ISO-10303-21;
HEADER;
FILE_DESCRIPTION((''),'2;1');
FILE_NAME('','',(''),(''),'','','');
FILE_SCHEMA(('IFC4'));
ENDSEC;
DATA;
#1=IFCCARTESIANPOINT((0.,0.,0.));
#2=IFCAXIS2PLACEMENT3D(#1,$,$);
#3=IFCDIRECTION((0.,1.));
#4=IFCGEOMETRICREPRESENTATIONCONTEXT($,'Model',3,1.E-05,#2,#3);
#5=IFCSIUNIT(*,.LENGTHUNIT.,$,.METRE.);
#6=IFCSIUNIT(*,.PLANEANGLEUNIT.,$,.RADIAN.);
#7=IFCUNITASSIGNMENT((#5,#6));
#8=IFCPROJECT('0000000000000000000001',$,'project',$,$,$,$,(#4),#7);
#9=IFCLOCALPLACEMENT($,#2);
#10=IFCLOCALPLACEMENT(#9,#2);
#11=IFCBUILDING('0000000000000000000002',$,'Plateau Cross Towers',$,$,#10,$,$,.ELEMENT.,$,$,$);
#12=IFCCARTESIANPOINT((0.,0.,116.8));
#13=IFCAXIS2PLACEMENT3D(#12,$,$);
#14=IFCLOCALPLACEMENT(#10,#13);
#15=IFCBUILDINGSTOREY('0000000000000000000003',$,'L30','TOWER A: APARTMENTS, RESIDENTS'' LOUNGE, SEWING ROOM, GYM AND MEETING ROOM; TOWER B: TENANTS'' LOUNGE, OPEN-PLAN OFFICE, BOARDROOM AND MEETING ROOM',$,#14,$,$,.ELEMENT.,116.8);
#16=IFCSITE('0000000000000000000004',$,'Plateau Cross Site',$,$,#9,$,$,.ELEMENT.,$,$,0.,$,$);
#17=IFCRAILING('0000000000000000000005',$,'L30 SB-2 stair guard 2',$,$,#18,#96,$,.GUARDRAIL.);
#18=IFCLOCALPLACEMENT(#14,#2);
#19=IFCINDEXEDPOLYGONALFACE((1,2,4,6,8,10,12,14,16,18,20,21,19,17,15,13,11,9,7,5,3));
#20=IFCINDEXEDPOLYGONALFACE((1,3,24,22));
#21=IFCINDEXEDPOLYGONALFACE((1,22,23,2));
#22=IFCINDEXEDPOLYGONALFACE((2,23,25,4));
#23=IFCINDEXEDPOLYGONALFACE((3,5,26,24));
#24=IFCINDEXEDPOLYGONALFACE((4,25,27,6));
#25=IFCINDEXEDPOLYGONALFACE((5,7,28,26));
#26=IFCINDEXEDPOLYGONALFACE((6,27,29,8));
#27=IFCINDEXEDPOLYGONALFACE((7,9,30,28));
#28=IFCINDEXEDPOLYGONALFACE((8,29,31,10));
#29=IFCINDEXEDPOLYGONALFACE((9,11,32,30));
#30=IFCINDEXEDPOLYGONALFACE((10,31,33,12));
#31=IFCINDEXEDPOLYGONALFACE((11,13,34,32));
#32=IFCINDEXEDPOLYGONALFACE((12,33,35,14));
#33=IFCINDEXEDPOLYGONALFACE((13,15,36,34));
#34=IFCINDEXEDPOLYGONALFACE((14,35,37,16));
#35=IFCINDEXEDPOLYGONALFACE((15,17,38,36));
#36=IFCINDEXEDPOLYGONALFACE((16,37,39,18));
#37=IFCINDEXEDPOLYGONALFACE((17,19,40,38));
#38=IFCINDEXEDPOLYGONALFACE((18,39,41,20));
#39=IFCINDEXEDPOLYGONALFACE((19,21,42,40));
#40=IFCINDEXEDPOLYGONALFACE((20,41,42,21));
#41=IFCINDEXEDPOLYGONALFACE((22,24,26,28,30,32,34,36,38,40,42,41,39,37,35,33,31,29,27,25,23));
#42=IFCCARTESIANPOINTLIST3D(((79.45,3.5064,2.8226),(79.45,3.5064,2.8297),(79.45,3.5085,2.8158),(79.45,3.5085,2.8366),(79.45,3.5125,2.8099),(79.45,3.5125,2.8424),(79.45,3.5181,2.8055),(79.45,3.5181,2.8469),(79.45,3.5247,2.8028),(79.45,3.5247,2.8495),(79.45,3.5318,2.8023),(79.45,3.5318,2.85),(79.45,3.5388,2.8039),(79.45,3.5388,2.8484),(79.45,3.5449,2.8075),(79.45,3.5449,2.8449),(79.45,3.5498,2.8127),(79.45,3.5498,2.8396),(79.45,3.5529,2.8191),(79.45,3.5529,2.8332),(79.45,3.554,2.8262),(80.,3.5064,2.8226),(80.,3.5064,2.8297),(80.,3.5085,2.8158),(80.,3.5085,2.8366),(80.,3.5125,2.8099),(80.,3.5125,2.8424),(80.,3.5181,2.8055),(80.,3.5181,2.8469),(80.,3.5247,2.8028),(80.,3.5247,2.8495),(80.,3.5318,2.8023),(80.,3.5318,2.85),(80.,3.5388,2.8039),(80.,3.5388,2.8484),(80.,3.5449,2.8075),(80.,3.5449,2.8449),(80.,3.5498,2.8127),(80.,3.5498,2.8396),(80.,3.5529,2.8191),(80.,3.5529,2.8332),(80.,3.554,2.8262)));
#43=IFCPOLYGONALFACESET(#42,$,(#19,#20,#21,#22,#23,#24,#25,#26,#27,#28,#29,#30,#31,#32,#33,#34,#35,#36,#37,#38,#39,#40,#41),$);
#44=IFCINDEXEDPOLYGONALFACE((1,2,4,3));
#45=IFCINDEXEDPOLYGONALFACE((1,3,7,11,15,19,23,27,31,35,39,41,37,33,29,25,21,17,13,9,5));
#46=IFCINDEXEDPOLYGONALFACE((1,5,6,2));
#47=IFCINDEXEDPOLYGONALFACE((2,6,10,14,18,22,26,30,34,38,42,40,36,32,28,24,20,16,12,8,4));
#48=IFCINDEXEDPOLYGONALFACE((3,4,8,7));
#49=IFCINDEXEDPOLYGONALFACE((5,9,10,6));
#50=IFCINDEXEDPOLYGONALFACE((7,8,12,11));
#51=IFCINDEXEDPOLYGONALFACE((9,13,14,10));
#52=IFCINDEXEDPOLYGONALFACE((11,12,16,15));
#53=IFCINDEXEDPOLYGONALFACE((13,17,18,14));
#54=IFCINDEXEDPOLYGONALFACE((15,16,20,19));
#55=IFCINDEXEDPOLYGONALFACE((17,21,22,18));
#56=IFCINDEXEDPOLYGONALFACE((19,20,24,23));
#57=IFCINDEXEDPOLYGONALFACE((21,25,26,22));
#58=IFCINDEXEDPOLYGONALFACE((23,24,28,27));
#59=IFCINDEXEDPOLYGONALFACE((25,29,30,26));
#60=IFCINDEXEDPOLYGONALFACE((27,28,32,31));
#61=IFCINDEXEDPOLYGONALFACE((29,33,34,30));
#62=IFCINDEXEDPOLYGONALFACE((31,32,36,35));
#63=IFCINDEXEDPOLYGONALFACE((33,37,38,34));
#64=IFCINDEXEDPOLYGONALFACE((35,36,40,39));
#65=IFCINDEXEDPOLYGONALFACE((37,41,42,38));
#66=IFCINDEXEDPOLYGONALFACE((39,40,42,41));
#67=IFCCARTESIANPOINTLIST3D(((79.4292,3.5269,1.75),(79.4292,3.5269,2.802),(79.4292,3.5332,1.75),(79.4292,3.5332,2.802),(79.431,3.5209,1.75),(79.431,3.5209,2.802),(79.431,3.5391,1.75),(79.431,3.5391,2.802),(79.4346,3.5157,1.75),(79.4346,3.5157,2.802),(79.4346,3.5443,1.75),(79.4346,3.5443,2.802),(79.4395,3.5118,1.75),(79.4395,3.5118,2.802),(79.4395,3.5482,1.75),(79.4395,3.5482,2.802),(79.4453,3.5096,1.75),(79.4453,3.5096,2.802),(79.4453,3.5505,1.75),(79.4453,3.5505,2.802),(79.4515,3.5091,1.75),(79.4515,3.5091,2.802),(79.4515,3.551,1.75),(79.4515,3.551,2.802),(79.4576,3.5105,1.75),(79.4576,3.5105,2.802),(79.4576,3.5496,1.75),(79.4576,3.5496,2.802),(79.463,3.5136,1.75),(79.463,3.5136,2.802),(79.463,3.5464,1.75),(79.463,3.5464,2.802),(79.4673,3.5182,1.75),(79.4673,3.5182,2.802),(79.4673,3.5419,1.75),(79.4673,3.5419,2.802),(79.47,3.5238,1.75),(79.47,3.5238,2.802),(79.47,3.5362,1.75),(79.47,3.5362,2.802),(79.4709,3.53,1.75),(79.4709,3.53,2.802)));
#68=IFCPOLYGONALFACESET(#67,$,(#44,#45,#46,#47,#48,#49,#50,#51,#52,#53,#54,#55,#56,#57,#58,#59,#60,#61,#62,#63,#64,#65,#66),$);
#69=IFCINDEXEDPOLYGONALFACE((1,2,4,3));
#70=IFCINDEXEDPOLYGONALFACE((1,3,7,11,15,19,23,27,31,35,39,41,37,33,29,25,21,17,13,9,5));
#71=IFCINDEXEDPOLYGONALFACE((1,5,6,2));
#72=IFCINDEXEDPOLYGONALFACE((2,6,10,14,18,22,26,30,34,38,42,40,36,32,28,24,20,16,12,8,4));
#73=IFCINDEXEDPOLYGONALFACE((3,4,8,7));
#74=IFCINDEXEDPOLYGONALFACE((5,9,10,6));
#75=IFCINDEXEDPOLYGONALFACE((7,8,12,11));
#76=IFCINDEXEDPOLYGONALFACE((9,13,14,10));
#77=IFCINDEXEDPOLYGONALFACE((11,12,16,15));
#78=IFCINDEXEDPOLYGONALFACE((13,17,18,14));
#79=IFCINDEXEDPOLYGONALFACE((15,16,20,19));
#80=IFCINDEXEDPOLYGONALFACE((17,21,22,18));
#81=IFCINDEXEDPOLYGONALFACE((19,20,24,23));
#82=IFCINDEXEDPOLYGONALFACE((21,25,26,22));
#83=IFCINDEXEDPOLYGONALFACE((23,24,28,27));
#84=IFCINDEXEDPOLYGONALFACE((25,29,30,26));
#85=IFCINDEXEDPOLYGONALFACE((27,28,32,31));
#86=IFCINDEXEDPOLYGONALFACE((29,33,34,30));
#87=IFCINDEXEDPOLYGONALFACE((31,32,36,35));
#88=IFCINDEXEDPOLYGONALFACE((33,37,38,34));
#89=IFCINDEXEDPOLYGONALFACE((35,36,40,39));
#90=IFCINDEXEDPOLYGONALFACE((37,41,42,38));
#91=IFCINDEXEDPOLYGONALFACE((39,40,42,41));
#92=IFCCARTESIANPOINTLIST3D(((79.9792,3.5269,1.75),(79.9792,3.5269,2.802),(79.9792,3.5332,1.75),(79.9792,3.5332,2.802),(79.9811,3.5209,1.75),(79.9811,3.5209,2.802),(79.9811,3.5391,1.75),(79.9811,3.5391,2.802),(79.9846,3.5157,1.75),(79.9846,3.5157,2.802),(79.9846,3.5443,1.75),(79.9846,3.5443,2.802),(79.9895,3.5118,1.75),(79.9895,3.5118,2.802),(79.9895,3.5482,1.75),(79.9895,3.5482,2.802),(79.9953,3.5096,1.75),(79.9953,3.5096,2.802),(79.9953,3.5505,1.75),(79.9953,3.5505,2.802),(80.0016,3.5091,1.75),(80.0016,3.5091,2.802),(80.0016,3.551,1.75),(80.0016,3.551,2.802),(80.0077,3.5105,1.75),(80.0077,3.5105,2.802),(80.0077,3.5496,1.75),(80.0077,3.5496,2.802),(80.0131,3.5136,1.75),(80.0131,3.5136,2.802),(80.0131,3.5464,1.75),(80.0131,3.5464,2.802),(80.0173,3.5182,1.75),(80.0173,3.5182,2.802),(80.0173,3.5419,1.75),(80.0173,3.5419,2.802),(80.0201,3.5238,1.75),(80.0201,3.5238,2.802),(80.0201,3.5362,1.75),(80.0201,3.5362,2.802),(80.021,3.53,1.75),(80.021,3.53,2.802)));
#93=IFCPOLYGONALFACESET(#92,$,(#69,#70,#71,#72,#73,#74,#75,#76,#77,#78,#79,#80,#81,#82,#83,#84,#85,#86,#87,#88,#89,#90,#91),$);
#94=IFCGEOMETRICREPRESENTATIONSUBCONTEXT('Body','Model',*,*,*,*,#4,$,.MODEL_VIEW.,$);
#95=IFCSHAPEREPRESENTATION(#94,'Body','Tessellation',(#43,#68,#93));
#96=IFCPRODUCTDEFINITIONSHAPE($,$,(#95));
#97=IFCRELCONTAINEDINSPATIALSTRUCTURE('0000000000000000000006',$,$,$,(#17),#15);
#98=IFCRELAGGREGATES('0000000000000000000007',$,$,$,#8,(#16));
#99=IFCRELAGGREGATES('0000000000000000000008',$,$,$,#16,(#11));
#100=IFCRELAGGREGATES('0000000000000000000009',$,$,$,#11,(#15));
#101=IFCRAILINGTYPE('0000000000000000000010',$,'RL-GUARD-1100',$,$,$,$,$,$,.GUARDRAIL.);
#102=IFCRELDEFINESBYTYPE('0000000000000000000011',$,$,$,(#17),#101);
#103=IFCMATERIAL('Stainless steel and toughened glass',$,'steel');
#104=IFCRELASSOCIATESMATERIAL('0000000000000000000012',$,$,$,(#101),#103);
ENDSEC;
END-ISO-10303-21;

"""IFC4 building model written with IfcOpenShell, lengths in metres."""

from ifc_helpers import new_model, si_unit, direction, frame, origin, origin_2d, place, context, subcontext, project, spatial, circle, extrude, material, type_object, element, save


model = new_model("IFC4")

# Units and contexts
model_context = context("Model", 3, precision=1e-05, world=origin(), true_north=direction((0.0, 1.0)))
body_context = subcontext(model_context, "Body", "Model", "MODEL_VIEW")
ifc_project = project(units=[si_unit("LENGTHUNIT", "METRE"), si_unit("PLANEANGLEUNIT", "RADIAN")], contexts=[model_context])

# Site, building, storey
site_placement = place(None, origin())
site = spatial("IfcSite", under=ifc_project, at=site_placement, Name="Plateau Cross Site", CompositionType="ELEMENT", RefElevation=0.0)
building_placement = place(site_placement, origin())
building = spatial("IfcBuilding", under=site, at=building_placement, Name="Plateau Cross Towers", CompositionType="ELEMENT")
storey_placement = place(building_placement, frame((0.0, 0.0, 116.8)))
storey = spatial("IfcBuildingStorey", under=building, at=storey_placement, Name="L30", Description="TOWER A: APARTMENTS, RESIDENTS' LOUNGE, SEWING ROOM, GYM AND MEETING ROOM; TOWER B: TENANTS' LOUNGE, OPEN-PLAN OFFICE, BOARDROOM AND MEETING ROOM", CompositionType="ELEMENT", Elevation=116.8)

# Railing
ifc_material_1 = material(Name="Stainless steel and toughened glass", Category="steel")
railing_type_1 = type_object("IfcRailingType", Name="RL-GUARD-1100", PredefinedType="GUARDRAIL", material=ifc_material_1)
railing_1_placement = place(storey_placement, frame((79.45, 3.53, 1.75)))
element("IfcRailing", 1, at=railing_1_placement, inside=storey, type_object=railing_type_1, Name="L30 SB-2 stair guard 2", PredefinedType="GUARDRAIL", context=body_context, shape_type="SweptSolid", body=[
    extrude(circle(Radius=0.0239, at=origin_2d()), frame((0.0, 0.0, 1.0762), z_axis=(1.0, 0.0, 0.0), x_axis=(0.0, 1.0, 0.0)), (0.0, 0.0, 1.0), 0.55),
    extrude(circle(Radius=0.021, at=origin_2d()), origin(), (0.0, 0.0, 1.0), 1.052),
    extrude(circle(Radius=0.021, at=origin_2d()), frame((0.55, 0.0, 0.0)), (0.0, 0.0, 1.0), 1.052),
])

save(model, "model.ifc")
